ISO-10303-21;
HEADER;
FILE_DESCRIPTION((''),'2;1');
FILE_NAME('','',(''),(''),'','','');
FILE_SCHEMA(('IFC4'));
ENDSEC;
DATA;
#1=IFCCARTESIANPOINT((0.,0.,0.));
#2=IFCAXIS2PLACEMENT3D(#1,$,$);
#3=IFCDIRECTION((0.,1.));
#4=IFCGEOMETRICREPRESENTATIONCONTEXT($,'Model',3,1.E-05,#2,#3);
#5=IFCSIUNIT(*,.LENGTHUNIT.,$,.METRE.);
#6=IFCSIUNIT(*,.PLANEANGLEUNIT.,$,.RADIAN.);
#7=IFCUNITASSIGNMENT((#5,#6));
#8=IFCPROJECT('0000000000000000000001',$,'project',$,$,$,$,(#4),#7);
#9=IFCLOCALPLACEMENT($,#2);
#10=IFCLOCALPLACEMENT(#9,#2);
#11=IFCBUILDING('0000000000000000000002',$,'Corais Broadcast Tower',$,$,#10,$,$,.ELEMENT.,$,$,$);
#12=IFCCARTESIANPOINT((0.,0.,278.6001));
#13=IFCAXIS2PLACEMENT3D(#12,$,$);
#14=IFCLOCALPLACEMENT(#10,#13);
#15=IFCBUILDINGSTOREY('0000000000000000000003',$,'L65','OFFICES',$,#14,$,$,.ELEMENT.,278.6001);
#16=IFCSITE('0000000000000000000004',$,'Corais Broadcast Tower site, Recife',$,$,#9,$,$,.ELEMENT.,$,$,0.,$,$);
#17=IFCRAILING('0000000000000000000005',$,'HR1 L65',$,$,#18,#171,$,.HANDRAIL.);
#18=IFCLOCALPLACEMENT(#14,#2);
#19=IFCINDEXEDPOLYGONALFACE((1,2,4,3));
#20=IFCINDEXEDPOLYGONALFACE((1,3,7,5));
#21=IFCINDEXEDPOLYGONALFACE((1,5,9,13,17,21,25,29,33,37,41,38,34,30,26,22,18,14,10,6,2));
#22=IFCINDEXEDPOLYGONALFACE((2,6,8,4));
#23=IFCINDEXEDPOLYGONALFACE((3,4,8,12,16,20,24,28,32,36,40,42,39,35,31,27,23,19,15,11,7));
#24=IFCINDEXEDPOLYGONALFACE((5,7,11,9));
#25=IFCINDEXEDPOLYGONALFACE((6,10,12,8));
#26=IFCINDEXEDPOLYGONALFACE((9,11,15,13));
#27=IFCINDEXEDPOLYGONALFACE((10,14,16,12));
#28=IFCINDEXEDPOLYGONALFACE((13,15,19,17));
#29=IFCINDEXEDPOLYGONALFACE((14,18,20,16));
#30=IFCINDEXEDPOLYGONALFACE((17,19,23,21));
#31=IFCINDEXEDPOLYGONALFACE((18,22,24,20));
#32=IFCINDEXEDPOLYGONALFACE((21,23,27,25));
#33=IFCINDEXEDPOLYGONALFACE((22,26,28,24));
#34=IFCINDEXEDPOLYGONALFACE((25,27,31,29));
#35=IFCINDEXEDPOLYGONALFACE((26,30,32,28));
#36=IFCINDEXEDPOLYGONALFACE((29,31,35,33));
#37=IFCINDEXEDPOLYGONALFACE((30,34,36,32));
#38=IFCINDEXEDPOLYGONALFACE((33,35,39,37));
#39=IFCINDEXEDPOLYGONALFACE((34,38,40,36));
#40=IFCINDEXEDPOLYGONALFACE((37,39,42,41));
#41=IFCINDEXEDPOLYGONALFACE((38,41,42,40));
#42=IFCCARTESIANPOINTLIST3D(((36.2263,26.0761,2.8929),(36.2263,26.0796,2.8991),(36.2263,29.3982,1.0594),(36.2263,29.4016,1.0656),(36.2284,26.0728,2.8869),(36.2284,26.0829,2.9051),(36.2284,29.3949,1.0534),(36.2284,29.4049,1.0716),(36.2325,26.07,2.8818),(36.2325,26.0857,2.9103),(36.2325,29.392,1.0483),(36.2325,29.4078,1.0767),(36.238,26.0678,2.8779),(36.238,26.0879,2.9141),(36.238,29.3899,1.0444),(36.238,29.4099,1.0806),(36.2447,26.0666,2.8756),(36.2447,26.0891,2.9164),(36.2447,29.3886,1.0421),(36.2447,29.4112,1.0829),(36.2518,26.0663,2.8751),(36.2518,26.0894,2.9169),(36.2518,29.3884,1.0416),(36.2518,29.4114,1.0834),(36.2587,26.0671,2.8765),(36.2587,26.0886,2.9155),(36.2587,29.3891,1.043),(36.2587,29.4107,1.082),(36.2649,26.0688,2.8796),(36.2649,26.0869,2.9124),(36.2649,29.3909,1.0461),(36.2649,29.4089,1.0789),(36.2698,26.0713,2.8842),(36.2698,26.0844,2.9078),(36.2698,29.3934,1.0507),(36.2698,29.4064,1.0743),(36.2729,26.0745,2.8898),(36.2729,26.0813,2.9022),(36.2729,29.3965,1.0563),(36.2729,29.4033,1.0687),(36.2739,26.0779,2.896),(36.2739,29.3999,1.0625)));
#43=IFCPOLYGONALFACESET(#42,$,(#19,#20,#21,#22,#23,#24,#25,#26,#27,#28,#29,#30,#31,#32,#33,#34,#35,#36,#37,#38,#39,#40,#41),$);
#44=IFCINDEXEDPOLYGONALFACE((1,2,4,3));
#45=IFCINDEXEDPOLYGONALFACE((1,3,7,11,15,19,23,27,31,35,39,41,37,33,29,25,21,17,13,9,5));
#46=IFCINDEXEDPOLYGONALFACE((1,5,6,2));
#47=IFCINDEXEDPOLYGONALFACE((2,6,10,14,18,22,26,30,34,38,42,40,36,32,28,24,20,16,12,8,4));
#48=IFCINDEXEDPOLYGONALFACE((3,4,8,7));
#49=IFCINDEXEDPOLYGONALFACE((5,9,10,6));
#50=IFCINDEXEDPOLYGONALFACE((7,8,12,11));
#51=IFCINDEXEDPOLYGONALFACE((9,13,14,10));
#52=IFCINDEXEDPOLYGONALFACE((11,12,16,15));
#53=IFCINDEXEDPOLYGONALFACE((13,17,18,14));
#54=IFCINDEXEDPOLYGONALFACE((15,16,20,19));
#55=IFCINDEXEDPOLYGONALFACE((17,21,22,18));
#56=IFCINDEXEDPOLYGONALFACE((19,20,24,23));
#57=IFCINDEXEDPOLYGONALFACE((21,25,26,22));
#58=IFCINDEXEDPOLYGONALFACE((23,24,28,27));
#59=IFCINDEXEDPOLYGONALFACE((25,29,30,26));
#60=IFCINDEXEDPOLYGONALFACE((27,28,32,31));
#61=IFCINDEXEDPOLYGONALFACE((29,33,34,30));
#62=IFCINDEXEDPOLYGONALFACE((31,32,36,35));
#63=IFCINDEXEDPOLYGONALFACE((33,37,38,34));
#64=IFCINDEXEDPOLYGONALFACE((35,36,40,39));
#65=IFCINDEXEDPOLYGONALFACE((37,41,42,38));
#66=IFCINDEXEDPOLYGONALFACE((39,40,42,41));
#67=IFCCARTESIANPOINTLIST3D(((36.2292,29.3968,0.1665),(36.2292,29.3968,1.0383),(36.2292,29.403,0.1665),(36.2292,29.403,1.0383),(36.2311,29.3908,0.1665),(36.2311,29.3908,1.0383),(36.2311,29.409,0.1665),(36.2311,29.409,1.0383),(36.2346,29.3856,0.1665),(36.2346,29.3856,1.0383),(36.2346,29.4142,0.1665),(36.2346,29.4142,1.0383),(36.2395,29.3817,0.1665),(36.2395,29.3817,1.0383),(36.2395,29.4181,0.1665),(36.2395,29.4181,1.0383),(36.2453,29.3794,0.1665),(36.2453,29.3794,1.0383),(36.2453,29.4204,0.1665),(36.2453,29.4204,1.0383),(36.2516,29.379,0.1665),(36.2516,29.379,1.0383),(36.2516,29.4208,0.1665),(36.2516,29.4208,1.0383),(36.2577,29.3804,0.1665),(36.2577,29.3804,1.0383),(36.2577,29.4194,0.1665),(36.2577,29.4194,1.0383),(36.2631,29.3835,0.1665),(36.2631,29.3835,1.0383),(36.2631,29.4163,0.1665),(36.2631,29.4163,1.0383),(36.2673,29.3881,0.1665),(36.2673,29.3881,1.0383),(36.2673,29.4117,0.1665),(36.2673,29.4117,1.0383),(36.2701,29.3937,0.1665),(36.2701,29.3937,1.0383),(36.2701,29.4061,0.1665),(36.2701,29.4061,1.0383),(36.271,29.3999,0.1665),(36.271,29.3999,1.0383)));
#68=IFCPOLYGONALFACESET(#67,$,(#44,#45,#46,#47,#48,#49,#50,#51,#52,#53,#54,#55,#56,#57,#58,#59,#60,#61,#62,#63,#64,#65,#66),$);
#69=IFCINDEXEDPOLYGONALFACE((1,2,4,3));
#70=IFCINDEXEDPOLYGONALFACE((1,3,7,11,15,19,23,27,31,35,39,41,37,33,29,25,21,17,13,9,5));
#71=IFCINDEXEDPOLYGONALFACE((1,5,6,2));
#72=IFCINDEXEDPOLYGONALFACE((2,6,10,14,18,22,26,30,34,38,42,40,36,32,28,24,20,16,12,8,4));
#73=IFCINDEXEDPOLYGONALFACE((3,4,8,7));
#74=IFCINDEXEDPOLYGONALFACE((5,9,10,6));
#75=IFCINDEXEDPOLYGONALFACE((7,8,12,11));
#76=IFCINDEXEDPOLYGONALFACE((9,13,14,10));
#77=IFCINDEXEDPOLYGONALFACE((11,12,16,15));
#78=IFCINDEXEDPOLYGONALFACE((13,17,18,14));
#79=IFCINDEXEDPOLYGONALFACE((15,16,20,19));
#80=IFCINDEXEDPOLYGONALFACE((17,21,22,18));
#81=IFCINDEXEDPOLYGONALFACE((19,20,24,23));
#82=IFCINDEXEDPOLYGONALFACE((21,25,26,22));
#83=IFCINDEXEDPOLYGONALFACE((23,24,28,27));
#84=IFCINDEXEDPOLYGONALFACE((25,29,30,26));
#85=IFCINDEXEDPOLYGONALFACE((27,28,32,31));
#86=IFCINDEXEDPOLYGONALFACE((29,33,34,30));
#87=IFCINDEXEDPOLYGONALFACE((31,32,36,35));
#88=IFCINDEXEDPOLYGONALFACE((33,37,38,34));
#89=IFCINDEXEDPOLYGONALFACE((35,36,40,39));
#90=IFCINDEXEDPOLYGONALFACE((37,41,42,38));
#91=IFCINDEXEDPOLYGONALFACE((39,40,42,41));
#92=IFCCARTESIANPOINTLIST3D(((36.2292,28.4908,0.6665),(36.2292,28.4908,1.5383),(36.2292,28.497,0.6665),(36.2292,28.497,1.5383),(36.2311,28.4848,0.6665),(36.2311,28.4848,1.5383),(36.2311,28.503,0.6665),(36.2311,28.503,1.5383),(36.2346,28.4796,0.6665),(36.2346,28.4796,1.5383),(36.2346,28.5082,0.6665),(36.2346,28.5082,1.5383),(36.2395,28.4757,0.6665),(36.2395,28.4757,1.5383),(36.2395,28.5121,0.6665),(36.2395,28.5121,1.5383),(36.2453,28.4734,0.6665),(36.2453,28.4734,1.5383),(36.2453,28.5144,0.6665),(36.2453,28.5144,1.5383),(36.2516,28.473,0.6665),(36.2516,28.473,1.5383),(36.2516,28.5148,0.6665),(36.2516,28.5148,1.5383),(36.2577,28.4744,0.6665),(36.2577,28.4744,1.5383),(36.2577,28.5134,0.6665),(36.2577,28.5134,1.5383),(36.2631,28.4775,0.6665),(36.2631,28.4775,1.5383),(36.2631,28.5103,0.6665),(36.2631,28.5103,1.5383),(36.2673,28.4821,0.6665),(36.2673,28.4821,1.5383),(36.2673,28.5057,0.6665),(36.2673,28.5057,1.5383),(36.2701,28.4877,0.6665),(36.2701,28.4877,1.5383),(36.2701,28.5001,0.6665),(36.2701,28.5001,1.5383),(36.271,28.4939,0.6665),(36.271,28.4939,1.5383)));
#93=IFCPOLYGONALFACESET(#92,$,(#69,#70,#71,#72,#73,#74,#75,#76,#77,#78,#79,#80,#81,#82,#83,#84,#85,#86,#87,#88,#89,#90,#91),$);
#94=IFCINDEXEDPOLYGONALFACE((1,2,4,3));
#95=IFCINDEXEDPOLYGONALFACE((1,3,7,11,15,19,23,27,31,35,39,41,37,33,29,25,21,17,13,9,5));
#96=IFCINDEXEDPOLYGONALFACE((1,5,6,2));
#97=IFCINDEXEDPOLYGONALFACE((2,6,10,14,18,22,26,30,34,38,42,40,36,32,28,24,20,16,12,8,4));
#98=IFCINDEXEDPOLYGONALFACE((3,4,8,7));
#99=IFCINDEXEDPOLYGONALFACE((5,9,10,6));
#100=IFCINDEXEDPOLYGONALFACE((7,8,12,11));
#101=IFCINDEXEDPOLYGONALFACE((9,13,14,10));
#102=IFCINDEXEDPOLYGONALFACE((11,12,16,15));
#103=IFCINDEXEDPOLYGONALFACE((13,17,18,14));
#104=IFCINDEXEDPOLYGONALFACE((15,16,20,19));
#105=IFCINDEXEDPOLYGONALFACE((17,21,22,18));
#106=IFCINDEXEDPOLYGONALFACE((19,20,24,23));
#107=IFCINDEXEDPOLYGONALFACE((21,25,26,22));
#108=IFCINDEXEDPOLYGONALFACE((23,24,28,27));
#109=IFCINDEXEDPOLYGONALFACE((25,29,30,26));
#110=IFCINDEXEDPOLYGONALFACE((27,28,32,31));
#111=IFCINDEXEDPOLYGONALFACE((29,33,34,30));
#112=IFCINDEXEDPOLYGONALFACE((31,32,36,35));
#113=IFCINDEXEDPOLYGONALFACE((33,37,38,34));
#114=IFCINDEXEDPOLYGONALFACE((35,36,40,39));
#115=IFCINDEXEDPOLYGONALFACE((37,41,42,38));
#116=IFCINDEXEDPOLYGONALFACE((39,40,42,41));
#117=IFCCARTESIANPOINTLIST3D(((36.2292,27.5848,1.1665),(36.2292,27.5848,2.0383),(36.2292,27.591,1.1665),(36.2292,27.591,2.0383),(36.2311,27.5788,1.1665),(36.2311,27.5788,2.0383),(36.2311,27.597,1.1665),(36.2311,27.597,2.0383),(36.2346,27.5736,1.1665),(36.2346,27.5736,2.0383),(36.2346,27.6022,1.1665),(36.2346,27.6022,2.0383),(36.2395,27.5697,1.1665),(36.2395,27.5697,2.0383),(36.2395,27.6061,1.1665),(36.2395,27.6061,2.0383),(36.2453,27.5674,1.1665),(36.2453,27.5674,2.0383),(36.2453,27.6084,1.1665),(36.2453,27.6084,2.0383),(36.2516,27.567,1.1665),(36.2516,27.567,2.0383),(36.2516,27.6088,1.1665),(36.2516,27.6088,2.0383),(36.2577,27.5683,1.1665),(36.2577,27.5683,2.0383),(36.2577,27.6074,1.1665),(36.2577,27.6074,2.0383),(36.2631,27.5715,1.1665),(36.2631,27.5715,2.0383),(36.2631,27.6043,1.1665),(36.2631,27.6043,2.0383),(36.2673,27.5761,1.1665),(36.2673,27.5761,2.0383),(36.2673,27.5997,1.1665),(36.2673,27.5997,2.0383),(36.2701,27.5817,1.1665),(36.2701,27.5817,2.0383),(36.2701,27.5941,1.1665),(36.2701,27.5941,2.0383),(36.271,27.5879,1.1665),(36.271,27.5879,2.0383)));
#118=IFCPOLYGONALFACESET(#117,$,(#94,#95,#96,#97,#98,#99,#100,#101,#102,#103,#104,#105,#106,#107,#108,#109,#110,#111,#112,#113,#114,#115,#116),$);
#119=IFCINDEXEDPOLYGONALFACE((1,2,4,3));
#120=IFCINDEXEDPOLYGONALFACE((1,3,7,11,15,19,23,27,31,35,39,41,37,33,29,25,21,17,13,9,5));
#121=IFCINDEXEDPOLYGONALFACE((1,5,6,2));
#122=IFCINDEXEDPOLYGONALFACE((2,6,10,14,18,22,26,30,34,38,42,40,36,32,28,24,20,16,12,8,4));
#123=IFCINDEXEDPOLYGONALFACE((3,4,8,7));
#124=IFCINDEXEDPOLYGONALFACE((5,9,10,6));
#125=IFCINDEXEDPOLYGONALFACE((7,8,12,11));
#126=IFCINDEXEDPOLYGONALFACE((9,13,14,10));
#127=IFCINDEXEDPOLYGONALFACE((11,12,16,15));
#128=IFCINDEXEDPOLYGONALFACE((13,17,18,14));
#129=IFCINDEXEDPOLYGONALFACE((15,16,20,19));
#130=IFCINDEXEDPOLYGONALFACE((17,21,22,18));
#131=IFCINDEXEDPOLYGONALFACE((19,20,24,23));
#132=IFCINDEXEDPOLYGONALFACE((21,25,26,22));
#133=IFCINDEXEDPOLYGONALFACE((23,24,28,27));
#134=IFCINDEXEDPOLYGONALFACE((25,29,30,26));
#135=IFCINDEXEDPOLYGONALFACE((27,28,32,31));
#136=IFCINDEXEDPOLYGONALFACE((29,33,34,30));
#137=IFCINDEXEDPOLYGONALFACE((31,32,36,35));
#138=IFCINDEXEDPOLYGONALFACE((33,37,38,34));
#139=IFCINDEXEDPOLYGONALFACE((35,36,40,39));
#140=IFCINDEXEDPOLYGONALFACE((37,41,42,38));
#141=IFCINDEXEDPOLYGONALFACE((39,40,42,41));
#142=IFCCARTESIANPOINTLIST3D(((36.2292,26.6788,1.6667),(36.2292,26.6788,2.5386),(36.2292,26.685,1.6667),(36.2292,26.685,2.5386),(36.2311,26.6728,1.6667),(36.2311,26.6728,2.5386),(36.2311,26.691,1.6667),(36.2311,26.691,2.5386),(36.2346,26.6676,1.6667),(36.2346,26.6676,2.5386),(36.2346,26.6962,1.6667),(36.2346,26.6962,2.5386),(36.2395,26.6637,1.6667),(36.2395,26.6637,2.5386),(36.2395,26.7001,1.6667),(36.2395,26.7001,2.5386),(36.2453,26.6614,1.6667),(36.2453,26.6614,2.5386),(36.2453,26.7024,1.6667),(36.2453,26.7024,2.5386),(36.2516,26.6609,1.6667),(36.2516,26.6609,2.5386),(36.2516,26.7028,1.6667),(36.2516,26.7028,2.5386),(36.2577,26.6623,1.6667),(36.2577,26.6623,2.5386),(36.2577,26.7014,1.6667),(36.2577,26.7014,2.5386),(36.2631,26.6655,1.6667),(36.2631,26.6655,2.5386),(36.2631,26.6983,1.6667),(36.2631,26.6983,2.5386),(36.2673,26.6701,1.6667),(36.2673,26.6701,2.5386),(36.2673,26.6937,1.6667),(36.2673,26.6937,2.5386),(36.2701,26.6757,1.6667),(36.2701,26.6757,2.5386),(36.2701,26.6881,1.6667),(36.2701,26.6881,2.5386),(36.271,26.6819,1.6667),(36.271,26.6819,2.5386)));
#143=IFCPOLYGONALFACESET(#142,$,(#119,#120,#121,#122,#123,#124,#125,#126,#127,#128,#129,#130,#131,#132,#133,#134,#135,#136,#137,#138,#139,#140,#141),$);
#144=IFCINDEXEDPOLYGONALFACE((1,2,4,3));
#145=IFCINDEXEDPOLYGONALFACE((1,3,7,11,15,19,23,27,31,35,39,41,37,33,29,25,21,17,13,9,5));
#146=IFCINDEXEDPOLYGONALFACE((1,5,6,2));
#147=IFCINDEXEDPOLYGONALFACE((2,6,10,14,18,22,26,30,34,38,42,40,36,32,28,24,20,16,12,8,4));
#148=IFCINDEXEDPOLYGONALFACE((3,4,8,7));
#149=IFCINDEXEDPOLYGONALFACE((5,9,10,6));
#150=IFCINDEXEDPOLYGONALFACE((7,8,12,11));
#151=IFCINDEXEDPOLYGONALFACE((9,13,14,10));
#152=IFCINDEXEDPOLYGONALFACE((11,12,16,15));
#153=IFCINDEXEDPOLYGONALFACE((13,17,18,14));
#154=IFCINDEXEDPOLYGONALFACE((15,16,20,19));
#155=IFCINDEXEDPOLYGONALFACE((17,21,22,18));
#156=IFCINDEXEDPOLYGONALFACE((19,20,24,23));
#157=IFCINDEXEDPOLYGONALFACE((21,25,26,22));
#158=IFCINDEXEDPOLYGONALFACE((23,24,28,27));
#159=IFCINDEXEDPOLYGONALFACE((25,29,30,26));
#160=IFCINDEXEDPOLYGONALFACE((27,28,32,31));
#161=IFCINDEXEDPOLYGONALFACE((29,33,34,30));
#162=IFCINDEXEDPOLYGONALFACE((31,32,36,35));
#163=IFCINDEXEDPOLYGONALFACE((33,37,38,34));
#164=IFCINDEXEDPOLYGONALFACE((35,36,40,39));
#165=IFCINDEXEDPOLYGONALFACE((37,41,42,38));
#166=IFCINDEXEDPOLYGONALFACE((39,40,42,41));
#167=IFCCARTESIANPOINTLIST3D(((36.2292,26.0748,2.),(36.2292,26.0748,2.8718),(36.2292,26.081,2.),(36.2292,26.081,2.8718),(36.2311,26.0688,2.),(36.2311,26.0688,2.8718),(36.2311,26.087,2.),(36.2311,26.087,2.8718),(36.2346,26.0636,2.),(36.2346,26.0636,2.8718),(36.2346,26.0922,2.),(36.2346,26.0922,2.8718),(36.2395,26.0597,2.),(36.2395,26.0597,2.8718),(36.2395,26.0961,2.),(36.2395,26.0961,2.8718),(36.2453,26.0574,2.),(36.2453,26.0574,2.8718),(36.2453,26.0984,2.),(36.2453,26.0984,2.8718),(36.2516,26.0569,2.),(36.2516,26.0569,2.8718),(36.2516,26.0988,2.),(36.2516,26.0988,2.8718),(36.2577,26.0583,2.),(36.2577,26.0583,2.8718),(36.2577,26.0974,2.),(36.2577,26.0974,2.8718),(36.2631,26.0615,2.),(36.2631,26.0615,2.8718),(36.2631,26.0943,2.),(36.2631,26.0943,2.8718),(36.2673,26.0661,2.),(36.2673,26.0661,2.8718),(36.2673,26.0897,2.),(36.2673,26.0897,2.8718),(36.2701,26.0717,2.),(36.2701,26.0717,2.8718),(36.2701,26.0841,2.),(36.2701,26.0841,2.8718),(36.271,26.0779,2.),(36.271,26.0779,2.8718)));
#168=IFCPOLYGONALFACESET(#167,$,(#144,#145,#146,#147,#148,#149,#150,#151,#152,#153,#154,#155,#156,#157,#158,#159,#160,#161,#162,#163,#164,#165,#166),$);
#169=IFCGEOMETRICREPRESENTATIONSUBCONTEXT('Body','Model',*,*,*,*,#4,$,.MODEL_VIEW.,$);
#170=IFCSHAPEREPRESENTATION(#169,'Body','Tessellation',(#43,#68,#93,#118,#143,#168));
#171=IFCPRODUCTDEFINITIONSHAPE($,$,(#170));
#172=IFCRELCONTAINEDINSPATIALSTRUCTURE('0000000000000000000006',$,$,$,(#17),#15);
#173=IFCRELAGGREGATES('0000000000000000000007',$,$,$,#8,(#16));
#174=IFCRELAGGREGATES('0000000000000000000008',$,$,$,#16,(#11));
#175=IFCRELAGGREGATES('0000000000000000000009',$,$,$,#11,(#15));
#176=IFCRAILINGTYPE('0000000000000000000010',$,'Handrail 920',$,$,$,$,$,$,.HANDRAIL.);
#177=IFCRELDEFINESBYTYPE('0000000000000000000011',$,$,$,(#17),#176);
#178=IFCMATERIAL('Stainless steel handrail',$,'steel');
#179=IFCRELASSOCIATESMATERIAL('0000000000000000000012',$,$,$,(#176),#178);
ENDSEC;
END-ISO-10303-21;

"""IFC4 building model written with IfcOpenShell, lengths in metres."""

from ifc_helpers import new_model, si_unit, direction, frame, origin, origin_2d, place, context, subcontext, project, spatial, circle, extrude, material, type_object, element, save


model = new_model("IFC4")

# Units and contexts
model_context = context("Model", 3, precision=1e-05, world=origin(), true_north=direction((0.0, 1.0)))
body_context = subcontext(model_context, "Body", "Model", "MODEL_VIEW")
ifc_project = project(units=[si_unit("LENGTHUNIT", "METRE"), si_unit("PLANEANGLEUNIT", "RADIAN")], contexts=[model_context])

# Site, building, storey
site_placement = place(None, origin())
site = spatial("IfcSite", under=ifc_project, at=site_placement, Name="Corais Broadcast Tower site, Recife", CompositionType="ELEMENT", RefElevation=0.0)
building_placement = place(site_placement, origin())
building = spatial("IfcBuilding", under=site, at=building_placement, Name="Corais Broadcast Tower", CompositionType="ELEMENT")
storey_placement = place(building_placement, frame((0.0, 0.0, 278.6001)))
storey = spatial("IfcBuildingStorey", under=building, at=storey_placement, Name="L65", Description="OFFICES", CompositionType="ELEMENT", Elevation=278.6001)

# Railing
ifc_material_1 = material(Name="Stainless steel handrail", Category="steel")
railing_type = type_object("IfcRailingType", Name="Handrail 920", PredefinedType="HANDRAIL", material=ifc_material_1)
for number, where, name in (
    (1, (36.25, 29.3999, 0.1665), "HR1 L65"),
):
    element("IfcRailing", number, at=place(storey_placement, frame(where)), inside=storey, type_object=railing_type, Name=name, PredefinedType="HANDRAIL", context=body_context, shape_type="SweptSolid", body=[
        extrude(circle(Radius=0.0239, at=origin_2d()), frame((0.0, 0.0, 0.896), z_axis=(0.0, -0.875504, 0.48321), x_axis=(1.0, 0.0, 0.0)), (0.0, 0.0, 1.0), 3.7944),
        extrude(circle(Radius=0.021, at=origin_2d()), origin(), (0.0, 0.0, 1.0), 0.8718),
        extrude(circle(Radius=0.021, at=origin_2d()), frame((0.0, -0.906, 0.5)), (0.0, 0.0, 1.0), 0.8718),
        extrude(circle(Radius=0.021, at=origin_2d()), frame((0.0, -1.812, 1.0)), (0.0, 0.0, 1.0), 0.8718),
        extrude(circle(Radius=0.021, at=origin_2d()), frame((0.0, -2.718, 1.5002)), (0.0, 0.0, 1.0), 0.8718),
        extrude(circle(Radius=0.021, at=origin_2d()), frame((0.0, -3.322, 1.8335)), (0.0, 0.0, 1.0), 0.8718),
    ])

save(model, "model.ifc")
